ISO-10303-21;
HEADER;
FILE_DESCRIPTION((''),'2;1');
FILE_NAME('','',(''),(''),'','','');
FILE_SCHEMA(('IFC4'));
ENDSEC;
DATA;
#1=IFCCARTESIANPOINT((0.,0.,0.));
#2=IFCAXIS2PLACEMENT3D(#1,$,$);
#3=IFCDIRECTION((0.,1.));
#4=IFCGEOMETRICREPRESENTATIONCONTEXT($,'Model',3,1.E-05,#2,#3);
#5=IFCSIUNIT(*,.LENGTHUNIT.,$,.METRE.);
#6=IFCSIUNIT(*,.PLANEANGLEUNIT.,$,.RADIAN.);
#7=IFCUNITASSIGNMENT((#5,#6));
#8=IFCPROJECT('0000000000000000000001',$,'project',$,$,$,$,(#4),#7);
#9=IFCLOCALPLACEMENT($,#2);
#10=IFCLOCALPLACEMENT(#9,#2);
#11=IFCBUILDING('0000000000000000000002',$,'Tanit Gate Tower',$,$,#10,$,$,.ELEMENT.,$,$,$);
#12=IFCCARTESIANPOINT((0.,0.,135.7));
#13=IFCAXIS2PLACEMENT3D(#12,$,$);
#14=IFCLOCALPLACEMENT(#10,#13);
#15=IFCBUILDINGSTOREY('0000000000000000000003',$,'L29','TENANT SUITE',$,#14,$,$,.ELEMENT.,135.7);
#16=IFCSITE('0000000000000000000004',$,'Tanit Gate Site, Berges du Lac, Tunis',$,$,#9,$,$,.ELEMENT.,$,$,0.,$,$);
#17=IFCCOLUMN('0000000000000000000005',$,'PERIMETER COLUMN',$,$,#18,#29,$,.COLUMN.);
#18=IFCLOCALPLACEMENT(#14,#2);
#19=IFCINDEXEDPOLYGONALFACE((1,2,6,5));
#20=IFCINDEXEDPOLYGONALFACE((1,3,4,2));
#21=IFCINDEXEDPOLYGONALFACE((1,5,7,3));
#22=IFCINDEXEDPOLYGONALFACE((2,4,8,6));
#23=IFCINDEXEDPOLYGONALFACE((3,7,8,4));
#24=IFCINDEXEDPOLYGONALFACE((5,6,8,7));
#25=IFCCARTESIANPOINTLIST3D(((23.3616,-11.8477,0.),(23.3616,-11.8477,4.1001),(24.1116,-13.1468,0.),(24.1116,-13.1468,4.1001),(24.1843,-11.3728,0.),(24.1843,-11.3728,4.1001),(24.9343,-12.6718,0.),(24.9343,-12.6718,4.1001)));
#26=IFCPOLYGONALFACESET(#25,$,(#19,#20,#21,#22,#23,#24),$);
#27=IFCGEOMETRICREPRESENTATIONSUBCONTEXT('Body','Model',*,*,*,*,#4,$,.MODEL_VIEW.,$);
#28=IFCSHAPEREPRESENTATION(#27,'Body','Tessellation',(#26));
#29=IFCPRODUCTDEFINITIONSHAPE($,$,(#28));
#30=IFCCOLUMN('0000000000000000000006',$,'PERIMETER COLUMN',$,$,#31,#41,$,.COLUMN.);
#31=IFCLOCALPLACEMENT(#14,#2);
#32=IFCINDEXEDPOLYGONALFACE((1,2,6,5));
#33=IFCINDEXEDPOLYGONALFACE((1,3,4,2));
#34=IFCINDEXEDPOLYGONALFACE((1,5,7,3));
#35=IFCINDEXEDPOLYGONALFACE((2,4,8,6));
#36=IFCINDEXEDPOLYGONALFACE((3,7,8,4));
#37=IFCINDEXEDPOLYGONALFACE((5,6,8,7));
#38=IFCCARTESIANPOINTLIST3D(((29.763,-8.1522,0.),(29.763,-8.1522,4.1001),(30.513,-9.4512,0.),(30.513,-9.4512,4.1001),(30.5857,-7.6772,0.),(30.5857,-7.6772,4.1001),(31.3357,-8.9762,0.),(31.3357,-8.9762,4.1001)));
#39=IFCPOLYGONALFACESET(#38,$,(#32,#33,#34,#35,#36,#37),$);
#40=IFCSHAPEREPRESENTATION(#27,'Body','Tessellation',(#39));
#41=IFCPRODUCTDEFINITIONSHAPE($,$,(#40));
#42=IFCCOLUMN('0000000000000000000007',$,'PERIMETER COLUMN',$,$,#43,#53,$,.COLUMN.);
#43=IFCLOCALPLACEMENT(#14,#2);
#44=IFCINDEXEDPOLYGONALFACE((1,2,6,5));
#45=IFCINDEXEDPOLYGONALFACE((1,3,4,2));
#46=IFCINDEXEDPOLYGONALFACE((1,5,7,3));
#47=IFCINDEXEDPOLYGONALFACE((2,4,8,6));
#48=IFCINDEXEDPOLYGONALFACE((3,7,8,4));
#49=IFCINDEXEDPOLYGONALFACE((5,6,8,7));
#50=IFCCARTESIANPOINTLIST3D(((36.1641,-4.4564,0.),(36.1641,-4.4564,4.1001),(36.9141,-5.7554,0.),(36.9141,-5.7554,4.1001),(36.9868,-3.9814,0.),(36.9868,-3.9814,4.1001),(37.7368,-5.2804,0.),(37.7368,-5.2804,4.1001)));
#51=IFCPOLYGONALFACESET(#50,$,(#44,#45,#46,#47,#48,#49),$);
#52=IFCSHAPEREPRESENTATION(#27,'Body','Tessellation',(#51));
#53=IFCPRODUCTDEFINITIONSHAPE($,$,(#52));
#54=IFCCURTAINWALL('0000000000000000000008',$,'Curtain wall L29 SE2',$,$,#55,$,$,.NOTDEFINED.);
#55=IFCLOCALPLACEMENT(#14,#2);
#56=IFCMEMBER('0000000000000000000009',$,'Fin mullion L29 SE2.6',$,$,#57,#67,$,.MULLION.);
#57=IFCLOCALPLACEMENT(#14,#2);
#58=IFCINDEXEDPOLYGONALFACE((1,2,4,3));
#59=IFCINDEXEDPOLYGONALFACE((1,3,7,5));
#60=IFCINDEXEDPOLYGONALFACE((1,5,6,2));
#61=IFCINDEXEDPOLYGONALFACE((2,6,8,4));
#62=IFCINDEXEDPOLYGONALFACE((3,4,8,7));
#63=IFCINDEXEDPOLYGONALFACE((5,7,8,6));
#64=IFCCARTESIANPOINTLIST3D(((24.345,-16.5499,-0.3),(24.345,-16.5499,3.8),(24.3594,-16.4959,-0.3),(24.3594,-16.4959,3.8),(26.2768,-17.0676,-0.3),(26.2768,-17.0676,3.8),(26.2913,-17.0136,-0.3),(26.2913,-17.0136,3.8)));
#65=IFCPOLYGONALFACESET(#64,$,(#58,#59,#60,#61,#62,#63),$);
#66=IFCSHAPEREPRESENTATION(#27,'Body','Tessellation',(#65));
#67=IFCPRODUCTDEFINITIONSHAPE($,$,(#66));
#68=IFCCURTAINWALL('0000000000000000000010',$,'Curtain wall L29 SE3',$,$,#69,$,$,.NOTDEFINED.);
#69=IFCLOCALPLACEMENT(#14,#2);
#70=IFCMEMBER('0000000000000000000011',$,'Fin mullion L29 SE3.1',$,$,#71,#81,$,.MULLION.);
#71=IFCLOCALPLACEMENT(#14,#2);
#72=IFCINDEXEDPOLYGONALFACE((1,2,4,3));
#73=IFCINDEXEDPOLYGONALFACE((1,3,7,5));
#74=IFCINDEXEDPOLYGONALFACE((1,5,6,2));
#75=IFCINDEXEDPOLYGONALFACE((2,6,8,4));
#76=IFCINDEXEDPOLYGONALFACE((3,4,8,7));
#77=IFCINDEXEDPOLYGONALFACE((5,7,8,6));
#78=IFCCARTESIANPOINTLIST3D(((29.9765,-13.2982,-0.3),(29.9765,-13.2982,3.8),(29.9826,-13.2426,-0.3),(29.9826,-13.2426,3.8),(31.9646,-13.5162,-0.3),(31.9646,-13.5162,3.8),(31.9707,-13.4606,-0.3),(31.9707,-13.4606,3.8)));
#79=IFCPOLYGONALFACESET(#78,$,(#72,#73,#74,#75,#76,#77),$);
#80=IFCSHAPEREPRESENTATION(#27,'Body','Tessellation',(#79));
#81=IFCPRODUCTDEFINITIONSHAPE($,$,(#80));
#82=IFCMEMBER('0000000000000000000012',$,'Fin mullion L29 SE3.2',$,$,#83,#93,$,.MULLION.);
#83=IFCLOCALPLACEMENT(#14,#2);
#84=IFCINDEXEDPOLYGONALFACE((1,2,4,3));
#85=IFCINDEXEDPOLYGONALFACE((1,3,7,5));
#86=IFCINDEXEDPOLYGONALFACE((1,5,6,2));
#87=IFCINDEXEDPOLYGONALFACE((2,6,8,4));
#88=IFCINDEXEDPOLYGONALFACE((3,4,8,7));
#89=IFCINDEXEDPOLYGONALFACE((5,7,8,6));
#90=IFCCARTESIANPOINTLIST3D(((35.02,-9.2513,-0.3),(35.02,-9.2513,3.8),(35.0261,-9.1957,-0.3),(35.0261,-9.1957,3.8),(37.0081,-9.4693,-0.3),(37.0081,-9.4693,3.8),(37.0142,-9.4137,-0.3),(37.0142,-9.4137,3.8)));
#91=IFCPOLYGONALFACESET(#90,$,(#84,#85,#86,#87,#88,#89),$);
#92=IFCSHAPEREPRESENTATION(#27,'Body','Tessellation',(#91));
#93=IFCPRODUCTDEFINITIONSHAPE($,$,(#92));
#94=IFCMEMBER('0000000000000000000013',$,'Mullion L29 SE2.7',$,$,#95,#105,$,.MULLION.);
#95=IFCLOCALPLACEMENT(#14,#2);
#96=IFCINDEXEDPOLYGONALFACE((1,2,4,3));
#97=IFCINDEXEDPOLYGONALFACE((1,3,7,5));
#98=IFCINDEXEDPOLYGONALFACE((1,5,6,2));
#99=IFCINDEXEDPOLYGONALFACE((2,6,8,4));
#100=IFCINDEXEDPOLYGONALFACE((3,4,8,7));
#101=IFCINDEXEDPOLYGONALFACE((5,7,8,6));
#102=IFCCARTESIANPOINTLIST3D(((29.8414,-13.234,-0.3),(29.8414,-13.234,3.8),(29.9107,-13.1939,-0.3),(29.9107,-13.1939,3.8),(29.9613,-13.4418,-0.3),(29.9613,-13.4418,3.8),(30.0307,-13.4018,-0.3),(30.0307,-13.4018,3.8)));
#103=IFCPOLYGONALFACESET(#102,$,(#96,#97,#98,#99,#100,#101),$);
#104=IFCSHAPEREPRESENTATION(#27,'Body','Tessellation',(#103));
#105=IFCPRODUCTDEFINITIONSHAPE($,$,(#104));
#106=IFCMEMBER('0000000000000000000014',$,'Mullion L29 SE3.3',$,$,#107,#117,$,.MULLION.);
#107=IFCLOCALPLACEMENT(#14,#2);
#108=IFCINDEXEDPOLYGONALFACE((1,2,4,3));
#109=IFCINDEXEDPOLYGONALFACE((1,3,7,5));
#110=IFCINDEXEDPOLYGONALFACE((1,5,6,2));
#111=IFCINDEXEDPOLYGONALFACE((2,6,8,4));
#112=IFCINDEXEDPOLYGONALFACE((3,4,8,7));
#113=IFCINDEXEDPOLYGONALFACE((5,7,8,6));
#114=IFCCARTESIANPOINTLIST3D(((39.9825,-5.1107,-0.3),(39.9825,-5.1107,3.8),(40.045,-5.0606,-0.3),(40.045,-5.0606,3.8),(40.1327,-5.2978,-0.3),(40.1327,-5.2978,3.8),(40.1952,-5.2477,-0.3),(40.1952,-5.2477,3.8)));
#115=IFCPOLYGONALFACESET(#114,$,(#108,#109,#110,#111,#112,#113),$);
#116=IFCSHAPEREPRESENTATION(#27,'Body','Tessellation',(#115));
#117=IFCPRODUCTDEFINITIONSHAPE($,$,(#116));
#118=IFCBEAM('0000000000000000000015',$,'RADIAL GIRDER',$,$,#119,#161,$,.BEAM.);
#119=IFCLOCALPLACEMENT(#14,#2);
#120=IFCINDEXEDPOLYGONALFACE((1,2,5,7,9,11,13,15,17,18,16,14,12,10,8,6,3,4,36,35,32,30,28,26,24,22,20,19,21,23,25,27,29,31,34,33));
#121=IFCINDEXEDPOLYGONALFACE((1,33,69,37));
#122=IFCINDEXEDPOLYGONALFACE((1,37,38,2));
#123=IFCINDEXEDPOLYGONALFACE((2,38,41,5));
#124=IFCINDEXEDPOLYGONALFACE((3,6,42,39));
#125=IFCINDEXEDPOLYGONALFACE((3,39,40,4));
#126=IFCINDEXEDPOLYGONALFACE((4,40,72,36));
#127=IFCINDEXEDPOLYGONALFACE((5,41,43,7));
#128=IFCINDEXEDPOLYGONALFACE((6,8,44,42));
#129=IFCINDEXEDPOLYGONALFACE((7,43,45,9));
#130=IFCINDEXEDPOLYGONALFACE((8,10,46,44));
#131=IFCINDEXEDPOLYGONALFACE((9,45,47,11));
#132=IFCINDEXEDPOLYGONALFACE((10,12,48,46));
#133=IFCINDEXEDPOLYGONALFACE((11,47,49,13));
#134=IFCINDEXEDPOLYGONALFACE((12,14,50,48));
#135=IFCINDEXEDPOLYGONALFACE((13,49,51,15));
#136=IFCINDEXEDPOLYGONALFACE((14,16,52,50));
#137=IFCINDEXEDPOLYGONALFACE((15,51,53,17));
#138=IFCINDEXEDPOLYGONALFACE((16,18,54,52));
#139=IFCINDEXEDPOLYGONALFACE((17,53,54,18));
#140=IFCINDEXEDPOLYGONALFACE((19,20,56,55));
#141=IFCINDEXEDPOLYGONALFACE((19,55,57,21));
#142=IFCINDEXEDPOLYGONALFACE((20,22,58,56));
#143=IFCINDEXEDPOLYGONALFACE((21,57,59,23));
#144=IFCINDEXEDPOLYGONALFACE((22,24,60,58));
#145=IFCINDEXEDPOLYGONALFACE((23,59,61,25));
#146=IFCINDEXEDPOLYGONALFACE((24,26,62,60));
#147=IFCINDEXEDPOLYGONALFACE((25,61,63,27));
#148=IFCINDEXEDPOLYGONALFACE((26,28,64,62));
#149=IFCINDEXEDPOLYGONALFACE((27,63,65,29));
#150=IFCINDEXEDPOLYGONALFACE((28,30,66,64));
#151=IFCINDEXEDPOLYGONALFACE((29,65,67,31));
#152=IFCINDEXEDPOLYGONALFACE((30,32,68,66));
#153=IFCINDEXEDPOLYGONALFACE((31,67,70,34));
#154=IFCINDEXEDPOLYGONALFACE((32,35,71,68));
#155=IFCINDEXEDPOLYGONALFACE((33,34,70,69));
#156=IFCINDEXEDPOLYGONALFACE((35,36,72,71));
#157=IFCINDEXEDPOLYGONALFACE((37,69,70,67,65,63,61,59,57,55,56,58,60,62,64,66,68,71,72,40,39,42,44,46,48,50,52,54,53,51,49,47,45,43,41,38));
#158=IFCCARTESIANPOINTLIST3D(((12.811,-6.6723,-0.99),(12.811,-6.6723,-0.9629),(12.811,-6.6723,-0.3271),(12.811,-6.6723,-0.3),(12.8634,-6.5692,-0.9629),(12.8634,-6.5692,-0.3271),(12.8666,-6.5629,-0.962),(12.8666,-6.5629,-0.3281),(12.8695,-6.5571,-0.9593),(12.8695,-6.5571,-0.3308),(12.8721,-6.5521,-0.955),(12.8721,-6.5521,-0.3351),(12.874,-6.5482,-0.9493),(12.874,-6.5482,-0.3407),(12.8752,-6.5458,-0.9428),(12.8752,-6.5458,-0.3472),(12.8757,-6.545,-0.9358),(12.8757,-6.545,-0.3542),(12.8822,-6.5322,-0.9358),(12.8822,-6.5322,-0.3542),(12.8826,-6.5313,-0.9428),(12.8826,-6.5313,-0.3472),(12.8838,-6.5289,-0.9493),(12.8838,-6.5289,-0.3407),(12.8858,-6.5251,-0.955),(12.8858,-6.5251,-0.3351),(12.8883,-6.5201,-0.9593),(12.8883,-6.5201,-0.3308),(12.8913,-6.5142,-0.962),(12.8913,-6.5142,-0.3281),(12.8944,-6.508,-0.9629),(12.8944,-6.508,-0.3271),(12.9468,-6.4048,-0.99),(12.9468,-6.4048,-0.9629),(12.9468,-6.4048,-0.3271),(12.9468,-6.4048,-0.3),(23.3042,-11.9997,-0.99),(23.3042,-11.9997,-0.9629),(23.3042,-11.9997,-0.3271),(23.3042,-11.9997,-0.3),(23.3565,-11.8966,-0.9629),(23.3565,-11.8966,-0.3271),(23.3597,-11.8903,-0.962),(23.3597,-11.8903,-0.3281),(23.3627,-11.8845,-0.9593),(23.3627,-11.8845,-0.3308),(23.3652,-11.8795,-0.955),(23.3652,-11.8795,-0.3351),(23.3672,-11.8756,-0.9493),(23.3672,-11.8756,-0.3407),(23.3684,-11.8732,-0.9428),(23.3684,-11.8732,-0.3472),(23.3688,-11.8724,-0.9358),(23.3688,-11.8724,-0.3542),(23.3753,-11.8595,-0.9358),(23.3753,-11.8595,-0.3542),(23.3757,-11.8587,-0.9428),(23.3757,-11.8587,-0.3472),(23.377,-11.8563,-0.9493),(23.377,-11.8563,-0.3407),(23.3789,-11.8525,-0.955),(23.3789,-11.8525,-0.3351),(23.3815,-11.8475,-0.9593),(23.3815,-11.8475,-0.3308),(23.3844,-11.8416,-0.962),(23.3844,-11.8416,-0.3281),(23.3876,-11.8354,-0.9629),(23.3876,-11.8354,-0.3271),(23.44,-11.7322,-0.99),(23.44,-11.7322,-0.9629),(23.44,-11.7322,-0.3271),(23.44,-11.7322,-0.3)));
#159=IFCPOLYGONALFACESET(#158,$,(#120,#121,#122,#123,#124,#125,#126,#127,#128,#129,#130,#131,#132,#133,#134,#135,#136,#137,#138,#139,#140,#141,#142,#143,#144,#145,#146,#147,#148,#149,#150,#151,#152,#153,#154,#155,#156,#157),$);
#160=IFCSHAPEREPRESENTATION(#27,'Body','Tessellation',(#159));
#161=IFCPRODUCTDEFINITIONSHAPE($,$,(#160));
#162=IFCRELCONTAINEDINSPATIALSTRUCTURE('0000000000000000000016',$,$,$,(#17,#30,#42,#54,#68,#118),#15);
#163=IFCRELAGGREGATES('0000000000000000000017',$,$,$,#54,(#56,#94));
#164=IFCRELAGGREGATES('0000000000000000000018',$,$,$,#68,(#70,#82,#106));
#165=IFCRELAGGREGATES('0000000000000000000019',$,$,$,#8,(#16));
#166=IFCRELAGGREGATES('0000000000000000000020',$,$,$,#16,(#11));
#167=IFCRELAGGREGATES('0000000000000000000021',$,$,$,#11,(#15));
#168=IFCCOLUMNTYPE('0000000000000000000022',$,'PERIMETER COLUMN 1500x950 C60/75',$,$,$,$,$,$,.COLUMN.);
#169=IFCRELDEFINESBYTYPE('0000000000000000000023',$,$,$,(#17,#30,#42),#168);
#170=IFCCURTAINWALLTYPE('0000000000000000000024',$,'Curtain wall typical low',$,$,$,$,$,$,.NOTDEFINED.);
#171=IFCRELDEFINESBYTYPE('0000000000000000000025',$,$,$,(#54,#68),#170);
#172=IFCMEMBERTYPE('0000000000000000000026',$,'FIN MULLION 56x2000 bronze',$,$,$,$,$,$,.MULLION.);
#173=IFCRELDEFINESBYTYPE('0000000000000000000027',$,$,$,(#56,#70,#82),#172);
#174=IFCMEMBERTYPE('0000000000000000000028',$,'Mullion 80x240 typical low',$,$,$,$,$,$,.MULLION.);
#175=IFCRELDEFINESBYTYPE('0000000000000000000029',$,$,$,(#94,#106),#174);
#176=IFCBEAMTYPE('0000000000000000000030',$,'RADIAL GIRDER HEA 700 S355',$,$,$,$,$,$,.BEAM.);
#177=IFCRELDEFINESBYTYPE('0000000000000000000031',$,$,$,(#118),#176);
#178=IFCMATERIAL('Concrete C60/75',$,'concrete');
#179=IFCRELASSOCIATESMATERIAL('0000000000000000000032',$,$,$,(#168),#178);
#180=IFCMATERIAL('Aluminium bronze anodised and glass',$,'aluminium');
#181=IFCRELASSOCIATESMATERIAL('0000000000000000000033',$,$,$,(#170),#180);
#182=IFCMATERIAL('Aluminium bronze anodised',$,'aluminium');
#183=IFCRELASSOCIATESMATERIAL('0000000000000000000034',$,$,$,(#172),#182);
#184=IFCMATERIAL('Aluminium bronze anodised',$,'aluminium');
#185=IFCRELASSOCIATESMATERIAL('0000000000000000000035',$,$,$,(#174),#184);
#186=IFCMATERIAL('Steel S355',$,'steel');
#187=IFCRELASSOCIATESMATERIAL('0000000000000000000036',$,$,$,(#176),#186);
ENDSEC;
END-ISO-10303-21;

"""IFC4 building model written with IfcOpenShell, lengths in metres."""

from ifc_helpers import new_model, si_unit, direction, frame, origin, origin_2d, place, context, subcontext, project, spatial, rectangle, i_section, extrude, material, material_profile, profile_set, type_object, element, aggregate, save


model = new_model("IFC4")

# Units and contexts
model_context = context("Model", 3, precision=1e-05, world=origin(), true_north=direction((0.0, 1.0)))
body_context = subcontext(model_context, "Body", "Model", "MODEL_VIEW")
ifc_project = project(units=[si_unit("LENGTHUNIT", "METRE"), si_unit("PLANEANGLEUNIT", "RADIAN")], contexts=[model_context])

# Site, building, storey
site_placement = place(None, origin())
site = spatial("IfcSite", under=ifc_project, at=site_placement, Name="Tanit Gate Site, Berges du Lac, Tunis", CompositionType="ELEMENT", RefElevation=0.0)
building_placement = place(site_placement, origin())
building = spatial("IfcBuilding", under=site, at=building_placement, Name="Tanit Gate Tower", CompositionType="ELEMENT")
storey_placement = place(building_placement, frame((0.0, 0.0, 135.7)))
storey = spatial("IfcBuildingStorey", under=building, at=storey_placement, Name="L29", Description="TENANT SUITE", CompositionType="ELEMENT", Elevation=135.7)

# Columns
ifc_material_1 = material(Name="Concrete C60/75", Category="concrete")
ifc_material_profile_1 = material_profile(ifc_material_1, rectangle(XDim=1.5, YDim=0.95, at=origin_2d()), Name="RC 1500x950")
ifc_profile_set_1 = profile_set([ifc_material_profile_1], Name="Concrete C60/75")
column_type = type_object("IfcColumnType", Name="PERIMETER COLUMN 1500x950 C60/75", PredefinedType="COLUMN", material=ifc_profile_set_1)
for number, where, z_axis, x_axis, name in (
    (1, (24.1479, -12.2598, 0.0), (0.0, 0.0, 1.0), (0.5, -0.866025, 0.0), "PERIMETER COLUMN"),
    (2, (30.5493, -8.5642, 0.0), (0.0, 0.0, 1.0), (0.5, -0.866025, 0.0), "PERIMETER COLUMN"),
    (3, (36.9504, -4.8684, 0.0), (0.0, 0.0, 1.0), (0.5, -0.866025, 0.0), "PERIMETER COLUMN"),
):
    element("IfcColumn", number, at=place(storey_placement, frame(where, z_axis=z_axis, x_axis=x_axis)), inside=storey, type_object=column_type, Name=name, PredefinedType="COLUMN", context=body_context, shape_type="SweptSolid", body=[
        extrude(rectangle(XDim=1.5, YDim=0.95, at=origin_2d()), origin(), (0.0, 0.0, 1.0), 4.1001),
    ])

# Curtain wall, member
ifc_material_2 = material(Name="Aluminium bronze anodised and glass", Category="aluminium")
curtain_wall_type = type_object("IfcCurtainWallType", Name="Curtain wall typical low", PredefinedType="NOTDEFINED", material=ifc_material_2)
curtain_wall_1_placement = place(storey_placement, origin())
curtain_wall_1 = element("IfcCurtainWall", 4, at=curtain_wall_1_placement, inside=storey, type_object=curtain_wall_type, Name="Curtain wall L29 SE2", PredefinedType="NOTDEFINED")
ifc_material_3 = material(Name="Aluminium bronze anodised", Category="aluminium")
ifc_material_profile_2 = material_profile(ifc_material_3, rectangle(XDim=2.0, YDim=0.0559, at=origin_2d()), Name="56x2000 bronze fin mullion")
ifc_profile_set_2 = profile_set([ifc_material_profile_2], Name="Aluminium bronze anodised")
member_type_1 = type_object("IfcMemberType", Name="FIN MULLION 56x2000 bronze", PredefinedType="MULLION", material=ifc_profile_set_2)
member_1_placement = place(storey_placement, frame((25.3181, -16.7817, -0.3), z_axis=(0.0, 0.0, 1.0), x_axis=(-0.965908, 0.258886, 0.0)))
member_1 = element("IfcMember", 5, at=member_1_placement, type_object=member_type_1, Name="Fin mullion L29 SE2.6", PredefinedType="MULLION", context=body_context, shape_type="SweptSolid", body=[
    extrude(rectangle(XDim=2.0, YDim=0.0559, at=origin_2d()), origin(), (0.0, 0.0, 1.0), 4.1001),
])

# Curtain wall, members
curtain_wall_2_placement = place(storey_placement, origin())
curtain_wall_2 = element("IfcCurtainWall", 6, at=curtain_wall_2_placement, inside=storey, type_object=curtain_wall_type, Name="Curtain wall L29 SE3", PredefinedType="NOTDEFINED")
member_2_placement = place(storey_placement, frame((30.9736, -13.3794, -0.3), z_axis=(0.0, 0.0, 1.0), x_axis=(-0.994044, 0.108983, 0.0)))
member_2 = element("IfcMember", 7, at=member_2_placement, type_object=member_type_1, Name="Fin mullion L29 SE3.1", PredefinedType="MULLION", context=body_context, shape_type="SweptSolid", body=[
    extrude(rectangle(XDim=2.0, YDim=0.0559, at=origin_2d()), origin(), (0.0, 0.0, 1.0), 4.1001),
])
member_3_placement = place(storey_placement, frame((36.0171, -9.3325, -0.3), z_axis=(0.0, 0.0, 1.0), x_axis=(-0.994044, 0.108983, 0.0)))
member_3 = element("IfcMember", 8, at=member_3_placement, type_object=member_type_1, Name="Fin mullion L29 SE3.2", PredefinedType="MULLION", context=body_context, shape_type="SweptSolid", body=[
    extrude(rectangle(XDim=2.0, YDim=0.0559, at=origin_2d()), origin(), (0.0, 0.0, 1.0), 4.1001),
])

# Members
ifc_material_4 = material(Name="Aluminium bronze anodised", Category="aluminium")
ifc_material_profile_3 = material_profile(ifc_material_4, rectangle(XDim=0.24, YDim=0.0801, at=origin_2d()), Name="80x240 bronze mullion")
ifc_profile_set_3 = profile_set([ifc_material_profile_3], Name="Aluminium bronze anodised")
member_type_2 = type_object("IfcMemberType", Name="Mullion 80x240 typical low", PredefinedType="MULLION", material=ifc_profile_set_3)
member_4_placement = place(storey_placement, frame((29.936, -13.3179, -0.3), z_axis=(0.0, 0.0, 1.0), x_axis=(-0.49994, 0.86606, 0.0)))
member_4 = element("IfcMember", 9, at=member_4_placement, type_object=member_type_2, Name="Mullion L29 SE2.7", PredefinedType="MULLION", context=body_context, shape_type="SweptSolid", body=[
    extrude(rectangle(XDim=0.24, YDim=0.0801, at=origin_2d()), origin(), (0.0, 0.0, 1.0), 4.1001),
])
member_5_placement = place(storey_placement, frame((40.0889, -5.1792, -0.3), z_axis=(0.0, 0.0, 1.0), x_axis=(-0.625832, 0.779958, 0.0)))
member_5 = element("IfcMember", 10, at=member_5_placement, type_object=member_type_2, Name="Mullion L29 SE3.3", PredefinedType="MULLION", context=body_context, shape_type="SweptSolid", body=[
    extrude(rectangle(XDim=0.24, YDim=0.0801, at=origin_2d()), origin(), (0.0, 0.0, 1.0), 4.1001),
])

# Beam
ifc_material_5 = material(Name="Steel S355", Category="steel")
ifc_material_profile_4 = material_profile(ifc_material_5, i_section(OverallWidth=0.3, OverallDepth=0.6899, WebThickness=0.0144, FlangeThickness=0.0271, FilletRadius=0.0271, at=origin_2d()), Name="HEA 700")
ifc_profile_set_4 = profile_set([ifc_material_profile_4], Name="Steel S355")
beam_type_1 = type_object("IfcBeamType", Name="RADIAL GIRDER HEA 700 S355", PredefinedType="BEAM", material=ifc_profile_set_4)
beam_1_placement = place(storey_placement, frame((23.3721, -11.866, -0.645), z_axis=(-0.891664, 0.452699, 0.0), x_axis=(-0.452699, -0.891664, 0.0)))
element("IfcBeam", 11, at=beam_1_placement, inside=storey, type_object=beam_type_1, Name="RADIAL GIRDER", PredefinedType="BEAM", context=body_context, shape_type="SweptSolid", body=[
    extrude(i_section(OverallWidth=0.3, OverallDepth=0.6899, WebThickness=0.0144, FlangeThickness=0.0271, FilletRadius=0.0271, at=origin_2d()), origin(), (0.0, 0.0, 1.0), 11.7681),
])

aggregate(curtain_wall_1, [member_1, member_4])
aggregate(curtain_wall_2, [member_2, member_3, member_5])

save(model, "model.ifc")
